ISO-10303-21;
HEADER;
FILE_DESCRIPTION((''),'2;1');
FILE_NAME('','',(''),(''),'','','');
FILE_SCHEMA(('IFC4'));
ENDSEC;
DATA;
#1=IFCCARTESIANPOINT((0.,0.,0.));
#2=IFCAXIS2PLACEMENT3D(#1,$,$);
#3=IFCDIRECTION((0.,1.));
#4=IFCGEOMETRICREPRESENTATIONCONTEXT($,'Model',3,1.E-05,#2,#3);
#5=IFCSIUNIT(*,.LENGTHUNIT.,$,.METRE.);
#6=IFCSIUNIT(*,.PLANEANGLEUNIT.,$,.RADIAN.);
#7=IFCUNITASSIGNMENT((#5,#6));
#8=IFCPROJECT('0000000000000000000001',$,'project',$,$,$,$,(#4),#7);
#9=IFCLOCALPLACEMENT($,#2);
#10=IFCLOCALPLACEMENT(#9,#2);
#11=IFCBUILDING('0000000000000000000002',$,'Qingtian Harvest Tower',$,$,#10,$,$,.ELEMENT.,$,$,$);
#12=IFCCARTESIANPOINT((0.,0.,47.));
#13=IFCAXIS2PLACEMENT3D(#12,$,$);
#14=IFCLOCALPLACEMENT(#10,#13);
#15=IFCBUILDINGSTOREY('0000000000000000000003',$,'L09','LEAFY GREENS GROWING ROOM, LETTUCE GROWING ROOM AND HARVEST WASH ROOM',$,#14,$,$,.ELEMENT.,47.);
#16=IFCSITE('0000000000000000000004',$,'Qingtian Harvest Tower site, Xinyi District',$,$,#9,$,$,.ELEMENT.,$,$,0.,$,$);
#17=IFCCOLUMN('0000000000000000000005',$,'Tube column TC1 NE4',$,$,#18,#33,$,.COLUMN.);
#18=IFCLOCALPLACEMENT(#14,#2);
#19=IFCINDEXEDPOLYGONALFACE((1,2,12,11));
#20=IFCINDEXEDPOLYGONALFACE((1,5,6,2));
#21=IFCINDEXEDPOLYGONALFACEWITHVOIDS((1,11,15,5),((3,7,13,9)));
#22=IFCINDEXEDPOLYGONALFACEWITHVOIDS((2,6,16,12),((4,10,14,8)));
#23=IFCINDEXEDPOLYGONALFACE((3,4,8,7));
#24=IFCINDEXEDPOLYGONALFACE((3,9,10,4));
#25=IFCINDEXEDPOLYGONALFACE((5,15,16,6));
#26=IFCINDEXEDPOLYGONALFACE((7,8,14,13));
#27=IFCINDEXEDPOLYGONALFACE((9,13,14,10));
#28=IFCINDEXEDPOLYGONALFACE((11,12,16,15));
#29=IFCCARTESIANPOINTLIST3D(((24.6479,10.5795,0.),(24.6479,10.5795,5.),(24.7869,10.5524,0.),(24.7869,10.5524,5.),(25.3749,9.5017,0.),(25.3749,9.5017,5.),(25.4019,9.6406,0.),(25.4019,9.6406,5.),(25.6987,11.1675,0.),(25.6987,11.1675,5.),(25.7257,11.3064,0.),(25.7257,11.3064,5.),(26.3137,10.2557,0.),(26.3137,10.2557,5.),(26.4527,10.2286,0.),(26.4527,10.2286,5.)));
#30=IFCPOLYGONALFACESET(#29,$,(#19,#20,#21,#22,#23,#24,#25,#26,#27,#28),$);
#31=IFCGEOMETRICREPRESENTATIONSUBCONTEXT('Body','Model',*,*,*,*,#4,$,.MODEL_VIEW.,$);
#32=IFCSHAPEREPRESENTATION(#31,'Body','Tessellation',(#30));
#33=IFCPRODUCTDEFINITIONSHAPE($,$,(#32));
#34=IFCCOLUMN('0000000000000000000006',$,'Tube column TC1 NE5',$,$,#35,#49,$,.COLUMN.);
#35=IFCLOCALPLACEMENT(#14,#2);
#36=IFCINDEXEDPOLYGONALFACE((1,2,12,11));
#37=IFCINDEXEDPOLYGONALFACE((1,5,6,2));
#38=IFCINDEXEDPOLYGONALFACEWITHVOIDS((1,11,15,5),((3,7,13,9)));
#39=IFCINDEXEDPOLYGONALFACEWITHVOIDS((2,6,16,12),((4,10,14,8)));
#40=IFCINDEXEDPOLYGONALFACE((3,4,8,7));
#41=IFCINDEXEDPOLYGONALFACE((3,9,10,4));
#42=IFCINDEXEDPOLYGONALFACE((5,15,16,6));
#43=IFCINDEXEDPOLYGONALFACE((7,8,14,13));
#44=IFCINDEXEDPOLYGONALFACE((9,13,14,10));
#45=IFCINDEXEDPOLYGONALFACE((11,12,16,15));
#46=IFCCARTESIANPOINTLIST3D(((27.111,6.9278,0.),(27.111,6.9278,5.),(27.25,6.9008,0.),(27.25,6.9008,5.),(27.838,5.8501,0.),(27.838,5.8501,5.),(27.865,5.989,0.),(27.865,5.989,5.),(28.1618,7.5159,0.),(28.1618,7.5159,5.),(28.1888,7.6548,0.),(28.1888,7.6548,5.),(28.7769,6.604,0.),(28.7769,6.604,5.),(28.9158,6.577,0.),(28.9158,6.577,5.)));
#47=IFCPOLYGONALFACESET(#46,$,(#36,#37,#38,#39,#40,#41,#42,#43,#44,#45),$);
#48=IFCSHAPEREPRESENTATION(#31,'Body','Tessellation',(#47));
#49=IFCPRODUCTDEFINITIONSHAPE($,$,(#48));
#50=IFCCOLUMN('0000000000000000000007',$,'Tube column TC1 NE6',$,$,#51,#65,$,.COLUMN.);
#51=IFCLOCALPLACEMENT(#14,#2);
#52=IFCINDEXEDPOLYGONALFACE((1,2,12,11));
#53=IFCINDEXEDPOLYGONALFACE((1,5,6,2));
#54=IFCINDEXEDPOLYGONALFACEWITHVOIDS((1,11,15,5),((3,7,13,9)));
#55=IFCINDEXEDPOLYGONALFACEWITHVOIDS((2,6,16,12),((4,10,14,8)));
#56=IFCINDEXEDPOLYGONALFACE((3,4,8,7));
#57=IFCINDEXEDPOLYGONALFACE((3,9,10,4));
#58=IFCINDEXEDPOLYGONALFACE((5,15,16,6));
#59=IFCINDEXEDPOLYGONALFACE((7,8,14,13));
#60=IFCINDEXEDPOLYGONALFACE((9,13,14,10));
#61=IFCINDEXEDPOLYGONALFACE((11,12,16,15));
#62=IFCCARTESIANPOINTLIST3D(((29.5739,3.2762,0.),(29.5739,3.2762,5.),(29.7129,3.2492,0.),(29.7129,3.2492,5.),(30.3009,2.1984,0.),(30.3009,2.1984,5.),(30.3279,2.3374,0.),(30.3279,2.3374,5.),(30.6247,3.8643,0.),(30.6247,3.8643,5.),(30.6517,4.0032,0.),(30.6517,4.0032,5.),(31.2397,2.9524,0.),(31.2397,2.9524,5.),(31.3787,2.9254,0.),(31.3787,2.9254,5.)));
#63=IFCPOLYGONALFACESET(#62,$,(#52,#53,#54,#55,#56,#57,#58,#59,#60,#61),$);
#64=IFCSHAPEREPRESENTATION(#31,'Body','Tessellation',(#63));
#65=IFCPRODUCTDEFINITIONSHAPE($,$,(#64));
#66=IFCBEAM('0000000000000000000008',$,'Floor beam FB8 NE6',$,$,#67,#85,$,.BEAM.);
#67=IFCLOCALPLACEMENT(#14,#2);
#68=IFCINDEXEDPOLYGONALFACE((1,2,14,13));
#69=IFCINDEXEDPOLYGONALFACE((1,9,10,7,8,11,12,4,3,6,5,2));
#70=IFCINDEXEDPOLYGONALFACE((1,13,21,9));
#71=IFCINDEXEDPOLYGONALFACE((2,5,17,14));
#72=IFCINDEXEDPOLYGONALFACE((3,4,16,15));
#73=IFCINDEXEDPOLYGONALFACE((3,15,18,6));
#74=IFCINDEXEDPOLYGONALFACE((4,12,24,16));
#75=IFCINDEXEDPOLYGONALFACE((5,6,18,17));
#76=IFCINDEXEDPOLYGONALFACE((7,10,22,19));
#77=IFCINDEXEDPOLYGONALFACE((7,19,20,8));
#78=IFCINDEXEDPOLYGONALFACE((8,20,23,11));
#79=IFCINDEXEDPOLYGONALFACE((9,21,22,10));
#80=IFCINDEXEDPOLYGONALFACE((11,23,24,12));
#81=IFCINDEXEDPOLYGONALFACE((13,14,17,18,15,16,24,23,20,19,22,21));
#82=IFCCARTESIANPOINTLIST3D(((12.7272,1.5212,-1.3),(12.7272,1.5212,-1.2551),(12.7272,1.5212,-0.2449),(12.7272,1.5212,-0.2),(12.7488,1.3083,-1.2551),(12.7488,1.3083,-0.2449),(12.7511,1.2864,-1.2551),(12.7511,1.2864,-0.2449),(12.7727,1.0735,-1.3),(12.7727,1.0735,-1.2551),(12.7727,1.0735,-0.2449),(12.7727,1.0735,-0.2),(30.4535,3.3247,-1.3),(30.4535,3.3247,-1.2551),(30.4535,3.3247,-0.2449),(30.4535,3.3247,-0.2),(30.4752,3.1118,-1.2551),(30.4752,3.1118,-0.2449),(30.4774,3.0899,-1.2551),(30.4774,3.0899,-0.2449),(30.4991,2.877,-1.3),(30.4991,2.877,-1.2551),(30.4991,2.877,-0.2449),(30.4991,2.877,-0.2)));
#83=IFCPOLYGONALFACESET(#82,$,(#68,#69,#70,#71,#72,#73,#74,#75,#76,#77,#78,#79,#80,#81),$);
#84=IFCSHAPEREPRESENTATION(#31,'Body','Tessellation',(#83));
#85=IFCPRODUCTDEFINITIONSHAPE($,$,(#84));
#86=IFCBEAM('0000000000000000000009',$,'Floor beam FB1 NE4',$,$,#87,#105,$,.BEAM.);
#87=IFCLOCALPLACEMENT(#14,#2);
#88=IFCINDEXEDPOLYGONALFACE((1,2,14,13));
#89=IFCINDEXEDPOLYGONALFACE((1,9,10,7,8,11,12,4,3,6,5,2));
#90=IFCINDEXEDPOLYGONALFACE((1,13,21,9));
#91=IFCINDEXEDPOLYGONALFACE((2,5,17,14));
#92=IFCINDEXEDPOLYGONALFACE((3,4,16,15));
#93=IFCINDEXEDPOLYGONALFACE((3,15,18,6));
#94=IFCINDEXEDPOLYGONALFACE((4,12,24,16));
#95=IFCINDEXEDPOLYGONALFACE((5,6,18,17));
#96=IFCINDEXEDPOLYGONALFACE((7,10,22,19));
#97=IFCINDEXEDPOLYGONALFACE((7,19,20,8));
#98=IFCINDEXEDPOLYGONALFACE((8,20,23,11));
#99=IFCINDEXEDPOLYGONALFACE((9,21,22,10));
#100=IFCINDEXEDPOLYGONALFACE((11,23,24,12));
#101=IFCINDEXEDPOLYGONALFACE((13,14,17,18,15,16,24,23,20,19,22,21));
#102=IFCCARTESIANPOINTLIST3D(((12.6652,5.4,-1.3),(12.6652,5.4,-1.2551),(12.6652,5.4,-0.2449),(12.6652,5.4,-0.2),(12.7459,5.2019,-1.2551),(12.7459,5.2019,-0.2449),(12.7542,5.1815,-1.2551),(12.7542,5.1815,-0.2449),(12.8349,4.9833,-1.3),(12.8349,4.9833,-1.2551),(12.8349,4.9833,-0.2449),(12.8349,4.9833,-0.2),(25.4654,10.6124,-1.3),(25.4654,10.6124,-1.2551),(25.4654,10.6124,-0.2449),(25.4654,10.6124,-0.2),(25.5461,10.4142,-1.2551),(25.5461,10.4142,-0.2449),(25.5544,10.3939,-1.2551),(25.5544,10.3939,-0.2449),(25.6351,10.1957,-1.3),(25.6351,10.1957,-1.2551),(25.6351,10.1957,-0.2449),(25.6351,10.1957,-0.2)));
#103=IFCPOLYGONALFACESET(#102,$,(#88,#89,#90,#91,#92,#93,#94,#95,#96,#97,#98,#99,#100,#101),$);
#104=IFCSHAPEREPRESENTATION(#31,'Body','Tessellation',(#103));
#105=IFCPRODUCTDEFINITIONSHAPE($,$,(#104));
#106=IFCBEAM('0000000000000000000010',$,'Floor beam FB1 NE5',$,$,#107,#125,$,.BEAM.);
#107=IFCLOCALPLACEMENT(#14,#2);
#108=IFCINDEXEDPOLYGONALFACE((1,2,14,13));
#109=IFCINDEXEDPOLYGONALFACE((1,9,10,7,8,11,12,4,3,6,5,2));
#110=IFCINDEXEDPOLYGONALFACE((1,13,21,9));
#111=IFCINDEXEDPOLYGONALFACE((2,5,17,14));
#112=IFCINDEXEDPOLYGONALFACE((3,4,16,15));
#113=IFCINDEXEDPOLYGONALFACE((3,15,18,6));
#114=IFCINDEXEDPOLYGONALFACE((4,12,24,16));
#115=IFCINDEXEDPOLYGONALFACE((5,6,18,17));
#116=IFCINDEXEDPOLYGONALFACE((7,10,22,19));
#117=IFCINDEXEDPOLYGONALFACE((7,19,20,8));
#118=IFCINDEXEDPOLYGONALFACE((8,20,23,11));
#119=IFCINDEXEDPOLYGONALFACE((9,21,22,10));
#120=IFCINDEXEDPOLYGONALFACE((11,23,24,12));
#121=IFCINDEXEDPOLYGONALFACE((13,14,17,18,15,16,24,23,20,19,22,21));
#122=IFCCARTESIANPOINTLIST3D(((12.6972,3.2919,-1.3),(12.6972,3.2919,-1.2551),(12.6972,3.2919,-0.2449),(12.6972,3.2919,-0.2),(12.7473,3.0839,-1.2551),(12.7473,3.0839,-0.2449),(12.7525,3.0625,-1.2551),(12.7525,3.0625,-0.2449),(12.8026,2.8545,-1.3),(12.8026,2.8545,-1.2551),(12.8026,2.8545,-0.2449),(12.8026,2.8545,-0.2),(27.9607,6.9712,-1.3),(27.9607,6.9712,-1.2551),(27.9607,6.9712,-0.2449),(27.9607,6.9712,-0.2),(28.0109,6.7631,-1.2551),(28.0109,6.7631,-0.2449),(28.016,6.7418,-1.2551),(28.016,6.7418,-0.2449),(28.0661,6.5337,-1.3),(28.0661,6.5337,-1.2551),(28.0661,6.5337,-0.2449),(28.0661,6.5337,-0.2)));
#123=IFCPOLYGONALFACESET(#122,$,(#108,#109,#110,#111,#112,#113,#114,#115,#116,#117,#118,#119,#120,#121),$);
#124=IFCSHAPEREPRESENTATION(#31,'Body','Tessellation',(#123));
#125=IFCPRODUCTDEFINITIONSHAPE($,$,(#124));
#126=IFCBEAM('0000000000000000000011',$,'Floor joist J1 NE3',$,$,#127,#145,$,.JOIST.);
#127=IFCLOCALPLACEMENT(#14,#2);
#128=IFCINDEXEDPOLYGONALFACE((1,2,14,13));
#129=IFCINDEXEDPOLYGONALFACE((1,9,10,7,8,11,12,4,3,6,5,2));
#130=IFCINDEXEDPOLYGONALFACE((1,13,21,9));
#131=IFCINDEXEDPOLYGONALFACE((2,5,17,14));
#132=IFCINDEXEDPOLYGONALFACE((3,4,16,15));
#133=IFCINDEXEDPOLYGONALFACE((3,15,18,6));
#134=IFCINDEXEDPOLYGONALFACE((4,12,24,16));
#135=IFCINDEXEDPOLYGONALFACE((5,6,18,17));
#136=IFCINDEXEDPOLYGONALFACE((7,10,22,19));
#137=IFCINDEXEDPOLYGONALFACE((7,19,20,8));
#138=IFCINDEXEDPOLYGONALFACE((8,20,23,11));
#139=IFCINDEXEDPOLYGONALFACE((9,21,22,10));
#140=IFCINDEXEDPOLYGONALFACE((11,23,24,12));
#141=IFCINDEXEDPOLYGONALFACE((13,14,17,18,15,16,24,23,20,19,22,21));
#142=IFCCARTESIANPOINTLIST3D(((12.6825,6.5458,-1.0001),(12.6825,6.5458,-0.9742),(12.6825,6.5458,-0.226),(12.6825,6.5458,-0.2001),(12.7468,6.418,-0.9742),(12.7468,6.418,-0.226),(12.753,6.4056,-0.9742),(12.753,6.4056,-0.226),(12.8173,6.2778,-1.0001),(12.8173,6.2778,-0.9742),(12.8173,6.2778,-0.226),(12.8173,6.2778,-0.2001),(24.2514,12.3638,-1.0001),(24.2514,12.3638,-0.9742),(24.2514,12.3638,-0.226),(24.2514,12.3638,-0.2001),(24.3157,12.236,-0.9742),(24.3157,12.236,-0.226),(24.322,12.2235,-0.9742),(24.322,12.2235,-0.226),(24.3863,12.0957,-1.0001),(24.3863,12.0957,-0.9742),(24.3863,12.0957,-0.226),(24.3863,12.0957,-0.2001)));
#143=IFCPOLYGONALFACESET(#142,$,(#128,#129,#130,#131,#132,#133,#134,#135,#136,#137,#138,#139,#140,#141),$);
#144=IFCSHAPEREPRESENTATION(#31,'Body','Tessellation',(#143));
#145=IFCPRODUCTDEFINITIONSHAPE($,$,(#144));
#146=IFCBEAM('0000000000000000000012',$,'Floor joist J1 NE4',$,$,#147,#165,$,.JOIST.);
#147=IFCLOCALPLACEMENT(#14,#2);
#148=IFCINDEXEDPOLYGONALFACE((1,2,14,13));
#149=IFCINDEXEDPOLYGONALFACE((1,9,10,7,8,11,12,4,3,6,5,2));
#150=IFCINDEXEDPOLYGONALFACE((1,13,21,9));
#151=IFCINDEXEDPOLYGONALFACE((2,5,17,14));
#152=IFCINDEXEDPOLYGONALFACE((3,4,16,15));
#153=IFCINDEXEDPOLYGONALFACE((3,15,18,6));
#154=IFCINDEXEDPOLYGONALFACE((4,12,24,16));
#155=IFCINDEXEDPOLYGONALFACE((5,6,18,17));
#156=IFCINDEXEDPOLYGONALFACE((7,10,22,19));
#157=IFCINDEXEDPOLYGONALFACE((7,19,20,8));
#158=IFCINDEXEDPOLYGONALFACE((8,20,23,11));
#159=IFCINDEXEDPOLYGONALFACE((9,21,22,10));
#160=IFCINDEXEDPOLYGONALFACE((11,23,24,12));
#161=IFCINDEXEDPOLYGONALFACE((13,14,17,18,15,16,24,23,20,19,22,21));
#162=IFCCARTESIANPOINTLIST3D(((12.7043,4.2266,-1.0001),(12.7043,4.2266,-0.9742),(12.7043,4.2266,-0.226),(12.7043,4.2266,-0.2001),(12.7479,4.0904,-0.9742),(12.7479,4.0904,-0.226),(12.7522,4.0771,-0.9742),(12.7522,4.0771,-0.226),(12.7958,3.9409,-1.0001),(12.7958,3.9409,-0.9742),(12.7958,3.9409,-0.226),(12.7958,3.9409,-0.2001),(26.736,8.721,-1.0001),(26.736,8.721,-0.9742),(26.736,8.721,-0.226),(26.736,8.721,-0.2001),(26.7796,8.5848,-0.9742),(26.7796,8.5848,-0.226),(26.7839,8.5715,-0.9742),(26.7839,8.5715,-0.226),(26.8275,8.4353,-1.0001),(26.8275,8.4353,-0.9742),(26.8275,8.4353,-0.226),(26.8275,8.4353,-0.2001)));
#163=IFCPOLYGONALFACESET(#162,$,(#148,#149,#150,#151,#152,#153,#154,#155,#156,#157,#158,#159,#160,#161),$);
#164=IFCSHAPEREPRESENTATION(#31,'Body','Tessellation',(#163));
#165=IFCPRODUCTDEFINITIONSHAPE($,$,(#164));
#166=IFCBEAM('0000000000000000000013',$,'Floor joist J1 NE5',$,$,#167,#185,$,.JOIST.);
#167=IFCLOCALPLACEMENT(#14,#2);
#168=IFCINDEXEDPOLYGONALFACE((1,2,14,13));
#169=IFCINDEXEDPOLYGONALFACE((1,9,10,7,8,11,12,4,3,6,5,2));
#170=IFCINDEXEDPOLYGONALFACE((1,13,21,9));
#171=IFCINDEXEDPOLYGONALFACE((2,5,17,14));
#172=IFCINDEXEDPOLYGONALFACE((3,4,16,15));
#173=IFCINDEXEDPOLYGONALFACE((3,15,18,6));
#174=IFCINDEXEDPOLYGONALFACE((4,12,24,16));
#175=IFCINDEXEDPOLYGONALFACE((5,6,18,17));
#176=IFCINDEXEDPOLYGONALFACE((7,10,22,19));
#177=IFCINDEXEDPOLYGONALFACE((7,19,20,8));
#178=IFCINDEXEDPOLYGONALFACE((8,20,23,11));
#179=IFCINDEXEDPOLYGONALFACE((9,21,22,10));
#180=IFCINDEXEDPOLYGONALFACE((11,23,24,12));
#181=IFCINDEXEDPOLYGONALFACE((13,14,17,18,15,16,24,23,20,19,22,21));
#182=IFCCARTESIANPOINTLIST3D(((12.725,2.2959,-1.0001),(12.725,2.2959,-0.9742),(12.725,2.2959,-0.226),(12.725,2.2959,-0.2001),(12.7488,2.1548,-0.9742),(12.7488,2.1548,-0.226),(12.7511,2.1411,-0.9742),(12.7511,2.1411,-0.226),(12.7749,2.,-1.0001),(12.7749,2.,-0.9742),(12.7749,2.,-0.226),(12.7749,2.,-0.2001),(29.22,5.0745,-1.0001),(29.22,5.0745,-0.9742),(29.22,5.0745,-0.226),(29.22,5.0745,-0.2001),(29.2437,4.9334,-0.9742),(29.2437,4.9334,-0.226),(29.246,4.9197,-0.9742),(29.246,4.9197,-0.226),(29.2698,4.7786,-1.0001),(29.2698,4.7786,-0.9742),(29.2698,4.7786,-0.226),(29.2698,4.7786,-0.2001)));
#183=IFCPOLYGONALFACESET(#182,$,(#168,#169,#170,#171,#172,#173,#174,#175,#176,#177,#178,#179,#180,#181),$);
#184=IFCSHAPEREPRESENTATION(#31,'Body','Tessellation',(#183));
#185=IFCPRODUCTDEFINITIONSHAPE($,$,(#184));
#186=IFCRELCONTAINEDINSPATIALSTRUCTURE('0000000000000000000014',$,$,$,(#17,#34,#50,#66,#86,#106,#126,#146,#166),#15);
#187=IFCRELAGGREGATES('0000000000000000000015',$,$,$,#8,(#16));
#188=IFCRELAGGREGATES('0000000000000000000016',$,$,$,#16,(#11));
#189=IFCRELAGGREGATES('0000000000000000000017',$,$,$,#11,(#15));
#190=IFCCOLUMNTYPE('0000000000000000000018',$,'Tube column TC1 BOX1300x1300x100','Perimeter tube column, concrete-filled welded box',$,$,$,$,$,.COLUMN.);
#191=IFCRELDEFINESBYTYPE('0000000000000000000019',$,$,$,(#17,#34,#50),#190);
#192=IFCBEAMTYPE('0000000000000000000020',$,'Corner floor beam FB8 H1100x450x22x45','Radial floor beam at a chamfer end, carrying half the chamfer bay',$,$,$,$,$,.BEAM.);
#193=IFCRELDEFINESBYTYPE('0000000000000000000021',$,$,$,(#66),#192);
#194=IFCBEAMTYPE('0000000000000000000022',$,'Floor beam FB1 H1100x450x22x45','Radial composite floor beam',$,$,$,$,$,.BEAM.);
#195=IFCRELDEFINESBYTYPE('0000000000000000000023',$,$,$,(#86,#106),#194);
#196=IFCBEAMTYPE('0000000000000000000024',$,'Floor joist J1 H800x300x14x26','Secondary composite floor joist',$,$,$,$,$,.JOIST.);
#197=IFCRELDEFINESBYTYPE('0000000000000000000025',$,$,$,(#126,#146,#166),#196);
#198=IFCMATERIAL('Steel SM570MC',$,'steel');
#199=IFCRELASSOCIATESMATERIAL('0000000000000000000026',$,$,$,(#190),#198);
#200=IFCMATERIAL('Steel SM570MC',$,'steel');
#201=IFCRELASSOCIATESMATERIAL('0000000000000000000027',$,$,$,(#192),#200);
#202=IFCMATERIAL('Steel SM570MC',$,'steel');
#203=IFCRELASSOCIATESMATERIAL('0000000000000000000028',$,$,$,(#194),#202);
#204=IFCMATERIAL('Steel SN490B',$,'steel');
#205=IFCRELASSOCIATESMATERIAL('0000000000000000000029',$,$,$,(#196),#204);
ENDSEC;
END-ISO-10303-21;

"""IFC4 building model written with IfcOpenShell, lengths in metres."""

from ifc_helpers import new_model, si_unit, direction, frame, origin, origin_2d, place, context, subcontext, project, spatial, hollow_rectangle, i_section, extrude, material, material_profile, profile_set, type_object, element, save


model = new_model("IFC4")

# Units and contexts
model_context = context("Model", 3, precision=1e-05, world=origin(), true_north=direction((0.0, 1.0)))
body_context = subcontext(model_context, "Body", "Model", "MODEL_VIEW")
ifc_project = project(units=[si_unit("LENGTHUNIT", "METRE"), si_unit("PLANEANGLEUNIT", "RADIAN")], contexts=[model_context])

# Site, building, storey
site_placement = place(None, origin())
site = spatial("IfcSite", under=ifc_project, at=site_placement, Name="Qingtian Harvest Tower site, Xinyi District", CompositionType="ELEMENT", RefElevation=0.0)
building_placement = place(site_placement, origin())
building = spatial("IfcBuilding", under=site, at=building_placement, Name="Qingtian Harvest Tower", CompositionType="ELEMENT")
storey_placement = place(building_placement, frame((0.0, 0.0, 47.0)))
storey = spatial("IfcBuildingStorey", under=building, at=storey_placement, Name="L09", Description="LEAFY GREENS GROWING ROOM, LETTUCE GROWING ROOM AND HARVEST WASH ROOM", CompositionType="ELEMENT", Elevation=47.0)

# Columns
ifc_material_1 = material(Name="Steel SM570MC", Category="steel")
ifc_material_profile_1 = material_profile(ifc_material_1, hollow_rectangle(XDim=1.3, YDim=1.3, WallThickness=0.1001, at=origin_2d()), Name="BOX1300x1300x100")
ifc_profile_set_1 = profile_set([ifc_material_profile_1], Name="Steel SM570MC")
column_type = type_object("IfcColumnType", Name="Tube column TC1 BOX1300x1300x100", Description="Perimeter tube column, concrete-filled welded box", PredefinedType="COLUMN", material=ifc_profile_set_1)
for number, where, z_axis, x_axis, name in (
    (1, (25.5503, 10.4041, 0.0), (0.0, 0.0, 1.0), (-0.559193, 0.829038, 0.0), "Tube column TC1 NE4"),
    (2, (28.0134, 6.7524, 0.0), (0.0, 0.0, 1.0), (-0.559193, 0.829038, 0.0), "Tube column TC1 NE5"),
    (3, (30.4763, 3.1008, 0.0), (0.0, 0.0, 1.0), (-0.559193, 0.829038, 0.0), "Tube column TC1 NE6"),
):
    element("IfcColumn", number, at=place(storey_placement, frame(where, z_axis=z_axis, x_axis=x_axis)), inside=storey, type_object=column_type, Name=name, PredefinedType="COLUMN", context=body_context, shape_type="SweptSolid", body=[
        extrude(hollow_rectangle(XDim=1.3, YDim=1.3, WallThickness=0.1001, at=origin_2d()), origin(), (0.0, 0.0, 1.0), 5.0),
    ])

# Beams
ifc_material_2 = material(Name="Steel SM570MC", Category="steel")
ifc_material_profile_2 = material_profile(ifc_material_2, i_section(OverallWidth=0.45, OverallDepth=1.1001, WebThickness=0.022, FlangeThickness=0.0449, at=origin_2d()), Name="H1100x450x22x45")
ifc_profile_set_2 = profile_set([ifc_material_profile_2], Name="Steel SM570MC")
beam_type_1 = type_object("IfcBeamType", Name="Corner floor beam FB8 H1100x450x22x45", Description="Radial floor beam at a chamfer end, carrying half the chamfer bay", PredefinedType="BEAM", material=ifc_profile_set_2)
beam_1_placement = place(storey_placement, frame((30.4763, 3.1008, -0.75), z_axis=(-0.994864, -0.101217, 0.0), x_axis=(0.101217, -0.994864, 0.0)))
element("IfcBeam", 4, at=beam_1_placement, inside=storey, type_object=beam_type_1, Name="Floor beam FB8 NE6", PredefinedType="BEAM", context=body_context, shape_type="SweptSolid", body=[
    extrude(i_section(OverallWidth=0.45, OverallDepth=1.1001, WebThickness=0.022, FlangeThickness=0.0449, at=origin_2d()), origin(), (0.0, 0.0, 1.0), 17.8179),
])
ifc_material_3 = material(Name="Steel SM570MC", Category="steel")
ifc_material_profile_3 = material_profile(ifc_material_3, i_section(OverallWidth=0.45, OverallDepth=1.1001, WebThickness=0.022, FlangeThickness=0.0449, at=origin_2d()), Name="H1100x450x22x45")
ifc_profile_set_3 = profile_set([ifc_material_profile_3], Name="Steel SM570MC")
beam_type_2 = type_object("IfcBeamType", Name="Floor beam FB1 H1100x450x22x45", Description="Radial composite floor beam", PredefinedType="BEAM", material=ifc_profile_set_3)
beam_2_placement = place(storey_placement, frame((25.5503, 10.4041, -0.75), z_axis=(-0.926156, -0.37714, 0.0), x_axis=(0.37714, -0.926156, 0.0)))
element("IfcBeam", 5, at=beam_2_placement, inside=storey, type_object=beam_type_2, Name="Floor beam FB1 NE4", PredefinedType="BEAM", context=body_context, shape_type="SweptSolid", body=[
    extrude(i_section(OverallWidth=0.45, OverallDepth=1.1001, WebThickness=0.022, FlangeThickness=0.0449, at=origin_2d()), origin(), (0.0, 0.0, 1.0), 13.8208),
])
beam_3_placement = place(storey_placement, frame((28.0134, 6.7524, -0.75), z_axis=(-0.972156, -0.234335, 0.0), x_axis=(0.234335, -0.972156, 0.0)))
element("IfcBeam", 6, at=beam_3_placement, inside=storey, type_object=beam_type_2, Name="Floor beam FB1 NE5", PredefinedType="BEAM", context=body_context, shape_type="SweptSolid", body=[
    extrude(i_section(OverallWidth=0.45, OverallDepth=1.1001, WebThickness=0.022, FlangeThickness=0.0449, at=origin_2d()), origin(), (0.0, 0.0, 1.0), 15.7007),
])
ifc_material_4 = material(Name="Steel SN490B", Category="steel")
ifc_material_profile_4 = material_profile(ifc_material_4, i_section(OverallWidth=0.3, OverallDepth=0.8, WebThickness=0.0139, FlangeThickness=0.0259, at=origin_2d()), Name="H800x300x14x26")
ifc_profile_set_4 = profile_set([ifc_material_profile_4], Name="Steel SN490B")
beam_type_3 = type_object("IfcBeamType", Name="Floor joist J1 H800x300x14x26", Description="Secondary composite floor joist", PredefinedType="JOIST", material=ifc_profile_set_4)
beam_4_placement = place(storey_placement, frame((24.3188, 12.2297, -0.6001), z_axis=(-0.893392, -0.449279, 0.0), x_axis=(0.449279, -0.893392, 0.0)))
element("IfcBeam", 7, at=beam_4_placement, inside=storey, type_object=beam_type_3, Name="Floor joist J1 NE3", PredefinedType="JOIST", context=body_context, shape_type="SweptSolid", body=[
    extrude(i_section(OverallWidth=0.3, OverallDepth=0.8, WebThickness=0.0139, FlangeThickness=0.0259, at=origin_2d()), origin(), (0.0, 0.0, 1.0), 12.9495),
])
beam_5_placement = place(storey_placement, frame((26.7817, 8.5781, -0.6001), z_axis=(-0.952341, -0.305036, 0.0), x_axis=(0.305036, -0.952341, 0.0)))
element("IfcBeam", 8, at=beam_5_placement, inside=storey, type_object=beam_type_3, Name="Floor joist J1 NE4", PredefinedType="JOIST", context=body_context, shape_type="SweptSolid", body=[
    extrude(i_section(OverallWidth=0.3, OverallDepth=0.8, WebThickness=0.0139, FlangeThickness=0.0259, at=origin_2d()), origin(), (0.0, 0.0, 1.0), 14.7339),
])
beam_6_placement = place(storey_placement, frame((29.2449, 4.9265, -0.6001), z_axis=(-0.986107, -0.16611, 0.0), x_axis=(0.16611, -0.986107, 0.0)))
element("IfcBeam", 9, at=beam_6_placement, inside=storey, type_object=beam_type_3, Name="Floor joist J1 NE5", PredefinedType="JOIST", context=body_context, shape_type="SweptSolid", body=[
    extrude(i_section(OverallWidth=0.3, OverallDepth=0.8, WebThickness=0.0139, FlangeThickness=0.0259, at=origin_2d()), origin(), (0.0, 0.0, 1.0), 16.7273),
])

save(model, "model.ifc")
